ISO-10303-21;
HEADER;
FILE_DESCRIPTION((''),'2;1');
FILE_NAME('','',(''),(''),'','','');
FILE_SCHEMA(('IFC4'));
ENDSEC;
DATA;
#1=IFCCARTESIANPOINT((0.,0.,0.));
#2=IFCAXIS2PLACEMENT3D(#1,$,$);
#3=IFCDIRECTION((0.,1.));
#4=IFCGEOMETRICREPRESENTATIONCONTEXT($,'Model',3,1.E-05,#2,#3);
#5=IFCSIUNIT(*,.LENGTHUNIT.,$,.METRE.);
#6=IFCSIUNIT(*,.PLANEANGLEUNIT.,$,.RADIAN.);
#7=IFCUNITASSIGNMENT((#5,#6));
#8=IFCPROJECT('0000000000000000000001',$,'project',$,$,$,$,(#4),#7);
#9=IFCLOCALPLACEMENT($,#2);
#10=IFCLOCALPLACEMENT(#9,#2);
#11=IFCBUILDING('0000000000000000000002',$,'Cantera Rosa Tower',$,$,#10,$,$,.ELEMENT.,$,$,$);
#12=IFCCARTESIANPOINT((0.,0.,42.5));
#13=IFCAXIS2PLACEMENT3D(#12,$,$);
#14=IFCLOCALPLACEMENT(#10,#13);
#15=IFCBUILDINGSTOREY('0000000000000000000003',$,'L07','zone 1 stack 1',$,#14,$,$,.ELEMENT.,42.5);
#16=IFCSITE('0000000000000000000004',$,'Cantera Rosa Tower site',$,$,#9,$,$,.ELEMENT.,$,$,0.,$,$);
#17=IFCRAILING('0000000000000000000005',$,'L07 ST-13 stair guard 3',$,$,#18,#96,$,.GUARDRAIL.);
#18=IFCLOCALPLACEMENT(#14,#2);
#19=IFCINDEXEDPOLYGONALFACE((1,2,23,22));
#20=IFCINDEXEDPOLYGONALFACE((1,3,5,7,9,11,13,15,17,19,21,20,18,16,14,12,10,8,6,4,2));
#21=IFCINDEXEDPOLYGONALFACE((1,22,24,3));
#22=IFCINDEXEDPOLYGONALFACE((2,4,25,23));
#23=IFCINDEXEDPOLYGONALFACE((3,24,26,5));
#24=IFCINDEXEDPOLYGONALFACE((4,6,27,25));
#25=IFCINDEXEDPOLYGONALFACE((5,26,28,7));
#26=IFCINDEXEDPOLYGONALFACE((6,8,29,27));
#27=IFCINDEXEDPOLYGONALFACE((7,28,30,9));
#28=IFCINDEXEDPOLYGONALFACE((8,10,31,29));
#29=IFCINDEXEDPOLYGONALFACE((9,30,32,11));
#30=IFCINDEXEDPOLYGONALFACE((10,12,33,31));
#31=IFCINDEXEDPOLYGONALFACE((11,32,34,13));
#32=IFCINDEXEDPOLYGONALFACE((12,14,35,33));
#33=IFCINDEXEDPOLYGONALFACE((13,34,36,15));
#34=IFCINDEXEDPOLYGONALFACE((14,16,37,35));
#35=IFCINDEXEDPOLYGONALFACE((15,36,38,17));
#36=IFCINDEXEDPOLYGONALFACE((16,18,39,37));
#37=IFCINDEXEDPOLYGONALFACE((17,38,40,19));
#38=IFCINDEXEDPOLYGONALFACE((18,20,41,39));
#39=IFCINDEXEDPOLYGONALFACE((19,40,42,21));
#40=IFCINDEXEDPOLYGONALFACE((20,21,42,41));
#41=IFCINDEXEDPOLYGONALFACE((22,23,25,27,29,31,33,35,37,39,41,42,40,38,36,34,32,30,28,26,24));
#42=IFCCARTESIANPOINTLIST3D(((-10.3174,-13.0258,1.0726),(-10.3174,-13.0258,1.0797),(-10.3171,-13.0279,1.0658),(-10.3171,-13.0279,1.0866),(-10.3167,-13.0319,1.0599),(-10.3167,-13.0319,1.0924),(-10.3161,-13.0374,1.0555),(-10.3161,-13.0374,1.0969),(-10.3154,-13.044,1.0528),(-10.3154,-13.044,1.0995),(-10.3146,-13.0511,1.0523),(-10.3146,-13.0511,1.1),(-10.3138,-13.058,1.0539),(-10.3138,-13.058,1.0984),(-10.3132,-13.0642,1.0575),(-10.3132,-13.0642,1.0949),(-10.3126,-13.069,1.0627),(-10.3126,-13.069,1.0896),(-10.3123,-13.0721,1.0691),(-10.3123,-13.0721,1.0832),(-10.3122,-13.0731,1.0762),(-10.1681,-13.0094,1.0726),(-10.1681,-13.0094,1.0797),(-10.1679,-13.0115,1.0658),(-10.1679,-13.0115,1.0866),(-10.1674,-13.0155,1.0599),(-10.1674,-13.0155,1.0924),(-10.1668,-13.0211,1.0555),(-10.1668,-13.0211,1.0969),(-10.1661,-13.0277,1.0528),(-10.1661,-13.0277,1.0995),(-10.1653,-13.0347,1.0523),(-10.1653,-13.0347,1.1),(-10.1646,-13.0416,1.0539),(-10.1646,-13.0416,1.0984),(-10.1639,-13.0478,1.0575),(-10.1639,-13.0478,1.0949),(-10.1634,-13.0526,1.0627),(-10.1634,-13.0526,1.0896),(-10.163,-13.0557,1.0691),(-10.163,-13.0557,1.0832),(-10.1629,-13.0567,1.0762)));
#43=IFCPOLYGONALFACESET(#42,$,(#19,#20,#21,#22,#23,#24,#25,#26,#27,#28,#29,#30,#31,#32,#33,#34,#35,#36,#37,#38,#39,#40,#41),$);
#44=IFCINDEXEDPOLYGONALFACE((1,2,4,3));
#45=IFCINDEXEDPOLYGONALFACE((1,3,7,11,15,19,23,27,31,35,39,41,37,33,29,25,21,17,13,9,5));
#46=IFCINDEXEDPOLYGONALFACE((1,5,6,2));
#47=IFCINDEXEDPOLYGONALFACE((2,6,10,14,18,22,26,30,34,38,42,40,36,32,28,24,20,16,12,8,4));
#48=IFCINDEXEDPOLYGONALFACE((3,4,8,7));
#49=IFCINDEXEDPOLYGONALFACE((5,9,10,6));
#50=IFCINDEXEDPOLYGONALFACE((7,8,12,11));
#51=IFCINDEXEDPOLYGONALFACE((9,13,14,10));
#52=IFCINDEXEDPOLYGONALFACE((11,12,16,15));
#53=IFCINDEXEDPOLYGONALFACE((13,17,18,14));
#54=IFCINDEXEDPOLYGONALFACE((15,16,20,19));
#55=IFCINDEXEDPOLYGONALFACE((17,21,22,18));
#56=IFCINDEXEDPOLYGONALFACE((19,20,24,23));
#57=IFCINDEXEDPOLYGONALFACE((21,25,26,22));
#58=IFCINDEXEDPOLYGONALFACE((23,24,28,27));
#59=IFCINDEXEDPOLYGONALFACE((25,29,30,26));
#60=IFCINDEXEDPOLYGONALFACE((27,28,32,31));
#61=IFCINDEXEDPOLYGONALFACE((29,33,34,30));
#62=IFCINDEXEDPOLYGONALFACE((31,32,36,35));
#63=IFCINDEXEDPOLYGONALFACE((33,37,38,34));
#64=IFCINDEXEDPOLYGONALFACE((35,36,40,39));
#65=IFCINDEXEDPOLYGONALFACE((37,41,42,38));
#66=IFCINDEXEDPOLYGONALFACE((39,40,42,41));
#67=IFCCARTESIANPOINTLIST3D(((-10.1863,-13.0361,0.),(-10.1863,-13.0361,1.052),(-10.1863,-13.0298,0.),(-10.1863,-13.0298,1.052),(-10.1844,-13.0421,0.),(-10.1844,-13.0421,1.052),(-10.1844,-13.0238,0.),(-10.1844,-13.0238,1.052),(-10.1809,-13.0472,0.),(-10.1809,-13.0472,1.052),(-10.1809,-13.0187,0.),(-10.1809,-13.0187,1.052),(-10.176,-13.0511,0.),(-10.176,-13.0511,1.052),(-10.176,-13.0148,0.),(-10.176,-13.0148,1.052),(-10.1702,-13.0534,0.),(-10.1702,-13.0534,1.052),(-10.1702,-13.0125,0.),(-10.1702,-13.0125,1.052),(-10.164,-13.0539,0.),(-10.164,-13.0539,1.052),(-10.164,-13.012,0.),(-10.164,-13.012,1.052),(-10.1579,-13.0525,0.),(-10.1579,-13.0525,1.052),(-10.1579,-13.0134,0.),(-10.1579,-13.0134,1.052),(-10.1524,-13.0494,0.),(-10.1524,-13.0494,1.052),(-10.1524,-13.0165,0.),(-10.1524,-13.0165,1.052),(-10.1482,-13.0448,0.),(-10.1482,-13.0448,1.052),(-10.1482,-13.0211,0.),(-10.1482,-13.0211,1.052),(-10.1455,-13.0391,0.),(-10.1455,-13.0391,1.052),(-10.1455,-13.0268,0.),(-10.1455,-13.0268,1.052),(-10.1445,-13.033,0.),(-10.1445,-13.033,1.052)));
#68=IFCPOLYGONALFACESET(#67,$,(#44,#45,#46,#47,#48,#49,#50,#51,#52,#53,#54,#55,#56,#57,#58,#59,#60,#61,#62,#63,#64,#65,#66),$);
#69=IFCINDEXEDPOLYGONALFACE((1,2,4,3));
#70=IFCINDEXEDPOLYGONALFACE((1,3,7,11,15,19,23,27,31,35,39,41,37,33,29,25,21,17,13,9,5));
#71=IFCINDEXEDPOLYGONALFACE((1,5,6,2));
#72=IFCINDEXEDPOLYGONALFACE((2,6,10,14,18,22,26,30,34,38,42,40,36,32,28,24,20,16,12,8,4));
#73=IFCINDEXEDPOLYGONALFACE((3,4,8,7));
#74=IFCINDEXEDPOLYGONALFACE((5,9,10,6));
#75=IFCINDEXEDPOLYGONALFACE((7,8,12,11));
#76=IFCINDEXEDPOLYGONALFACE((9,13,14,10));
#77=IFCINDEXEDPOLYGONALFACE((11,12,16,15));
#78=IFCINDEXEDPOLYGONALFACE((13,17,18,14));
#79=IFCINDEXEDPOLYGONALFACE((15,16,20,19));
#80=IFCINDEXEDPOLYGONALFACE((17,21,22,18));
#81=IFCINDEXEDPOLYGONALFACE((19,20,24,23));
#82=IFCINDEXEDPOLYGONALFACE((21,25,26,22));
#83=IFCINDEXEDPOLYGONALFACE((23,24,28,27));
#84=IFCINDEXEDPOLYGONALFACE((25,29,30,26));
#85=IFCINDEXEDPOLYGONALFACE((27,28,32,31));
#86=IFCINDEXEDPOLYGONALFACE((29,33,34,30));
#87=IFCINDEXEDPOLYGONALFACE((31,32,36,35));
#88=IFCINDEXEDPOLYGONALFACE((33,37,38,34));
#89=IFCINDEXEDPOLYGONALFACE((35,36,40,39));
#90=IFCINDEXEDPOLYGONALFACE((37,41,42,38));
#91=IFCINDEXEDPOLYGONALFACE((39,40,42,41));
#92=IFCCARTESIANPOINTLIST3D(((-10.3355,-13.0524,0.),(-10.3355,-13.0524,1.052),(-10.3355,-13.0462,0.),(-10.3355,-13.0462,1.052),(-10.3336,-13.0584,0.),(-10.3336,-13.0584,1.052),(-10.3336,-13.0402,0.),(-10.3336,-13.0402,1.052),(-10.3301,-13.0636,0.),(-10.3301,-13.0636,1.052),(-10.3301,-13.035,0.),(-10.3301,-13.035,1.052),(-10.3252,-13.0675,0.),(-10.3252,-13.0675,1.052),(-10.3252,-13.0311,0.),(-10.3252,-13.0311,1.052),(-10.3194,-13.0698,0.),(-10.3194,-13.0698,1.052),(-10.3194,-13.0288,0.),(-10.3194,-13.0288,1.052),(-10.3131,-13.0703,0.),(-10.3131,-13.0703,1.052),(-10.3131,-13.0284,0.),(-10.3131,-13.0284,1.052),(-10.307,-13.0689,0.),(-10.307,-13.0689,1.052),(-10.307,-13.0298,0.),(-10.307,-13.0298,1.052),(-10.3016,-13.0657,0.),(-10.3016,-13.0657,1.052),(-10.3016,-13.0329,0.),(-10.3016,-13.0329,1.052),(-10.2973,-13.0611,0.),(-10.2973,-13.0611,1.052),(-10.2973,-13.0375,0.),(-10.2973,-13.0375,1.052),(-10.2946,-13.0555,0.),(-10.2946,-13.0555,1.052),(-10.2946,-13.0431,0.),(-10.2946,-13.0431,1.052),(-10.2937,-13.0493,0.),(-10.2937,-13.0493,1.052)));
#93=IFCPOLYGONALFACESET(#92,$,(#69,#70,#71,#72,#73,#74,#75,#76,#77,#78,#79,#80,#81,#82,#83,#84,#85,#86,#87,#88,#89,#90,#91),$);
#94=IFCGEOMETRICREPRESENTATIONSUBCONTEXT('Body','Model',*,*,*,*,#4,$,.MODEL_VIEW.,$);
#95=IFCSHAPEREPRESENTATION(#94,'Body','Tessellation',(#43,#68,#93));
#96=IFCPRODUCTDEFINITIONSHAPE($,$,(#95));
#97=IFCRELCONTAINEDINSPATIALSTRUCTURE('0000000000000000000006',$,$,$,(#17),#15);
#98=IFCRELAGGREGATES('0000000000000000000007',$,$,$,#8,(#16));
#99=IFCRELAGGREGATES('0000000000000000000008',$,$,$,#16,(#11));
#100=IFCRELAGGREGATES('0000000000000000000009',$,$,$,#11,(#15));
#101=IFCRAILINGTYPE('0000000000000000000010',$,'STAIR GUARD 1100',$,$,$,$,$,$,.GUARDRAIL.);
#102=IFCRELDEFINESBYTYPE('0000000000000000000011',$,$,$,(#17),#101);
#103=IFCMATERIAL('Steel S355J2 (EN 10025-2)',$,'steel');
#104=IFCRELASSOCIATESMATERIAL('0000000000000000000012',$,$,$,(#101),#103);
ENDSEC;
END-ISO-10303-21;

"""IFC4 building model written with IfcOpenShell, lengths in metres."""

from ifc_helpers import new_model, si_unit, direction, frame, origin, origin_2d, place, context, subcontext, project, spatial, circle, extrude, material, type_object, element, save


model = new_model("IFC4")

# Units and contexts
model_context = context("Model", 3, precision=1e-05, world=origin(), true_north=direction((0.0, 1.0)))
body_context = subcontext(model_context, "Body", "Model", "MODEL_VIEW")
ifc_project = project(units=[si_unit("LENGTHUNIT", "METRE"), si_unit("PLANEANGLEUNIT", "RADIAN")], contexts=[model_context])

# Site, building, storey
site_placement = place(None, origin())
site = spatial("IfcSite", under=ifc_project, at=site_placement, Name="Cantera Rosa Tower site", CompositionType="ELEMENT", RefElevation=0.0)
building_placement = place(site_placement, origin())
building = spatial("IfcBuilding", under=site, at=building_placement, Name="Cantera Rosa Tower", CompositionType="ELEMENT")
storey_placement = place(building_placement, frame((0.0, 0.0, 42.5)))
storey = spatial("IfcBuildingStorey", under=building, at=storey_placement, Name="L07", Description="zone 1 stack 1", CompositionType="ELEMENT", Elevation=42.5)

# Railing
ifc_material_1 = material(Name="Steel S355J2 (EN 10025-2)", Category="steel")
railing_type_1 = type_object("IfcRailingType", Name="STAIR GUARD 1100", PredefinedType="GUARDRAIL", material=ifc_material_1)
railing_1_placement = place(storey_placement, frame((-10.1655, -13.033, 0.0)))
element("IfcRailing", 1, at=railing_1_placement, inside=storey, type_object=railing_type_1, Name="L07 ST-13 stair guard 3", PredefinedType="GUARDRAIL", context=body_context, shape_type="SweptSolid", body=[
    extrude(circle(Radius=0.0239, at=origin_2d()), frame((0.0, 0.0, 1.0762), z_axis=(-0.994041, -0.109003, 0.0), x_axis=(0.109003, -0.994041, 0.0)), (0.0, 0.0, 1.0), 0.1501),
    extrude(circle(Radius=0.021, at=origin_2d()), origin(), (0.0, 0.0, 1.0), 1.052),
    extrude(circle(Radius=0.021, at=origin_2d()), frame((-0.1492, -0.0164, 0.0)), (0.0, 0.0, 1.0), 1.052),
])

save(model, "model.ifc")
